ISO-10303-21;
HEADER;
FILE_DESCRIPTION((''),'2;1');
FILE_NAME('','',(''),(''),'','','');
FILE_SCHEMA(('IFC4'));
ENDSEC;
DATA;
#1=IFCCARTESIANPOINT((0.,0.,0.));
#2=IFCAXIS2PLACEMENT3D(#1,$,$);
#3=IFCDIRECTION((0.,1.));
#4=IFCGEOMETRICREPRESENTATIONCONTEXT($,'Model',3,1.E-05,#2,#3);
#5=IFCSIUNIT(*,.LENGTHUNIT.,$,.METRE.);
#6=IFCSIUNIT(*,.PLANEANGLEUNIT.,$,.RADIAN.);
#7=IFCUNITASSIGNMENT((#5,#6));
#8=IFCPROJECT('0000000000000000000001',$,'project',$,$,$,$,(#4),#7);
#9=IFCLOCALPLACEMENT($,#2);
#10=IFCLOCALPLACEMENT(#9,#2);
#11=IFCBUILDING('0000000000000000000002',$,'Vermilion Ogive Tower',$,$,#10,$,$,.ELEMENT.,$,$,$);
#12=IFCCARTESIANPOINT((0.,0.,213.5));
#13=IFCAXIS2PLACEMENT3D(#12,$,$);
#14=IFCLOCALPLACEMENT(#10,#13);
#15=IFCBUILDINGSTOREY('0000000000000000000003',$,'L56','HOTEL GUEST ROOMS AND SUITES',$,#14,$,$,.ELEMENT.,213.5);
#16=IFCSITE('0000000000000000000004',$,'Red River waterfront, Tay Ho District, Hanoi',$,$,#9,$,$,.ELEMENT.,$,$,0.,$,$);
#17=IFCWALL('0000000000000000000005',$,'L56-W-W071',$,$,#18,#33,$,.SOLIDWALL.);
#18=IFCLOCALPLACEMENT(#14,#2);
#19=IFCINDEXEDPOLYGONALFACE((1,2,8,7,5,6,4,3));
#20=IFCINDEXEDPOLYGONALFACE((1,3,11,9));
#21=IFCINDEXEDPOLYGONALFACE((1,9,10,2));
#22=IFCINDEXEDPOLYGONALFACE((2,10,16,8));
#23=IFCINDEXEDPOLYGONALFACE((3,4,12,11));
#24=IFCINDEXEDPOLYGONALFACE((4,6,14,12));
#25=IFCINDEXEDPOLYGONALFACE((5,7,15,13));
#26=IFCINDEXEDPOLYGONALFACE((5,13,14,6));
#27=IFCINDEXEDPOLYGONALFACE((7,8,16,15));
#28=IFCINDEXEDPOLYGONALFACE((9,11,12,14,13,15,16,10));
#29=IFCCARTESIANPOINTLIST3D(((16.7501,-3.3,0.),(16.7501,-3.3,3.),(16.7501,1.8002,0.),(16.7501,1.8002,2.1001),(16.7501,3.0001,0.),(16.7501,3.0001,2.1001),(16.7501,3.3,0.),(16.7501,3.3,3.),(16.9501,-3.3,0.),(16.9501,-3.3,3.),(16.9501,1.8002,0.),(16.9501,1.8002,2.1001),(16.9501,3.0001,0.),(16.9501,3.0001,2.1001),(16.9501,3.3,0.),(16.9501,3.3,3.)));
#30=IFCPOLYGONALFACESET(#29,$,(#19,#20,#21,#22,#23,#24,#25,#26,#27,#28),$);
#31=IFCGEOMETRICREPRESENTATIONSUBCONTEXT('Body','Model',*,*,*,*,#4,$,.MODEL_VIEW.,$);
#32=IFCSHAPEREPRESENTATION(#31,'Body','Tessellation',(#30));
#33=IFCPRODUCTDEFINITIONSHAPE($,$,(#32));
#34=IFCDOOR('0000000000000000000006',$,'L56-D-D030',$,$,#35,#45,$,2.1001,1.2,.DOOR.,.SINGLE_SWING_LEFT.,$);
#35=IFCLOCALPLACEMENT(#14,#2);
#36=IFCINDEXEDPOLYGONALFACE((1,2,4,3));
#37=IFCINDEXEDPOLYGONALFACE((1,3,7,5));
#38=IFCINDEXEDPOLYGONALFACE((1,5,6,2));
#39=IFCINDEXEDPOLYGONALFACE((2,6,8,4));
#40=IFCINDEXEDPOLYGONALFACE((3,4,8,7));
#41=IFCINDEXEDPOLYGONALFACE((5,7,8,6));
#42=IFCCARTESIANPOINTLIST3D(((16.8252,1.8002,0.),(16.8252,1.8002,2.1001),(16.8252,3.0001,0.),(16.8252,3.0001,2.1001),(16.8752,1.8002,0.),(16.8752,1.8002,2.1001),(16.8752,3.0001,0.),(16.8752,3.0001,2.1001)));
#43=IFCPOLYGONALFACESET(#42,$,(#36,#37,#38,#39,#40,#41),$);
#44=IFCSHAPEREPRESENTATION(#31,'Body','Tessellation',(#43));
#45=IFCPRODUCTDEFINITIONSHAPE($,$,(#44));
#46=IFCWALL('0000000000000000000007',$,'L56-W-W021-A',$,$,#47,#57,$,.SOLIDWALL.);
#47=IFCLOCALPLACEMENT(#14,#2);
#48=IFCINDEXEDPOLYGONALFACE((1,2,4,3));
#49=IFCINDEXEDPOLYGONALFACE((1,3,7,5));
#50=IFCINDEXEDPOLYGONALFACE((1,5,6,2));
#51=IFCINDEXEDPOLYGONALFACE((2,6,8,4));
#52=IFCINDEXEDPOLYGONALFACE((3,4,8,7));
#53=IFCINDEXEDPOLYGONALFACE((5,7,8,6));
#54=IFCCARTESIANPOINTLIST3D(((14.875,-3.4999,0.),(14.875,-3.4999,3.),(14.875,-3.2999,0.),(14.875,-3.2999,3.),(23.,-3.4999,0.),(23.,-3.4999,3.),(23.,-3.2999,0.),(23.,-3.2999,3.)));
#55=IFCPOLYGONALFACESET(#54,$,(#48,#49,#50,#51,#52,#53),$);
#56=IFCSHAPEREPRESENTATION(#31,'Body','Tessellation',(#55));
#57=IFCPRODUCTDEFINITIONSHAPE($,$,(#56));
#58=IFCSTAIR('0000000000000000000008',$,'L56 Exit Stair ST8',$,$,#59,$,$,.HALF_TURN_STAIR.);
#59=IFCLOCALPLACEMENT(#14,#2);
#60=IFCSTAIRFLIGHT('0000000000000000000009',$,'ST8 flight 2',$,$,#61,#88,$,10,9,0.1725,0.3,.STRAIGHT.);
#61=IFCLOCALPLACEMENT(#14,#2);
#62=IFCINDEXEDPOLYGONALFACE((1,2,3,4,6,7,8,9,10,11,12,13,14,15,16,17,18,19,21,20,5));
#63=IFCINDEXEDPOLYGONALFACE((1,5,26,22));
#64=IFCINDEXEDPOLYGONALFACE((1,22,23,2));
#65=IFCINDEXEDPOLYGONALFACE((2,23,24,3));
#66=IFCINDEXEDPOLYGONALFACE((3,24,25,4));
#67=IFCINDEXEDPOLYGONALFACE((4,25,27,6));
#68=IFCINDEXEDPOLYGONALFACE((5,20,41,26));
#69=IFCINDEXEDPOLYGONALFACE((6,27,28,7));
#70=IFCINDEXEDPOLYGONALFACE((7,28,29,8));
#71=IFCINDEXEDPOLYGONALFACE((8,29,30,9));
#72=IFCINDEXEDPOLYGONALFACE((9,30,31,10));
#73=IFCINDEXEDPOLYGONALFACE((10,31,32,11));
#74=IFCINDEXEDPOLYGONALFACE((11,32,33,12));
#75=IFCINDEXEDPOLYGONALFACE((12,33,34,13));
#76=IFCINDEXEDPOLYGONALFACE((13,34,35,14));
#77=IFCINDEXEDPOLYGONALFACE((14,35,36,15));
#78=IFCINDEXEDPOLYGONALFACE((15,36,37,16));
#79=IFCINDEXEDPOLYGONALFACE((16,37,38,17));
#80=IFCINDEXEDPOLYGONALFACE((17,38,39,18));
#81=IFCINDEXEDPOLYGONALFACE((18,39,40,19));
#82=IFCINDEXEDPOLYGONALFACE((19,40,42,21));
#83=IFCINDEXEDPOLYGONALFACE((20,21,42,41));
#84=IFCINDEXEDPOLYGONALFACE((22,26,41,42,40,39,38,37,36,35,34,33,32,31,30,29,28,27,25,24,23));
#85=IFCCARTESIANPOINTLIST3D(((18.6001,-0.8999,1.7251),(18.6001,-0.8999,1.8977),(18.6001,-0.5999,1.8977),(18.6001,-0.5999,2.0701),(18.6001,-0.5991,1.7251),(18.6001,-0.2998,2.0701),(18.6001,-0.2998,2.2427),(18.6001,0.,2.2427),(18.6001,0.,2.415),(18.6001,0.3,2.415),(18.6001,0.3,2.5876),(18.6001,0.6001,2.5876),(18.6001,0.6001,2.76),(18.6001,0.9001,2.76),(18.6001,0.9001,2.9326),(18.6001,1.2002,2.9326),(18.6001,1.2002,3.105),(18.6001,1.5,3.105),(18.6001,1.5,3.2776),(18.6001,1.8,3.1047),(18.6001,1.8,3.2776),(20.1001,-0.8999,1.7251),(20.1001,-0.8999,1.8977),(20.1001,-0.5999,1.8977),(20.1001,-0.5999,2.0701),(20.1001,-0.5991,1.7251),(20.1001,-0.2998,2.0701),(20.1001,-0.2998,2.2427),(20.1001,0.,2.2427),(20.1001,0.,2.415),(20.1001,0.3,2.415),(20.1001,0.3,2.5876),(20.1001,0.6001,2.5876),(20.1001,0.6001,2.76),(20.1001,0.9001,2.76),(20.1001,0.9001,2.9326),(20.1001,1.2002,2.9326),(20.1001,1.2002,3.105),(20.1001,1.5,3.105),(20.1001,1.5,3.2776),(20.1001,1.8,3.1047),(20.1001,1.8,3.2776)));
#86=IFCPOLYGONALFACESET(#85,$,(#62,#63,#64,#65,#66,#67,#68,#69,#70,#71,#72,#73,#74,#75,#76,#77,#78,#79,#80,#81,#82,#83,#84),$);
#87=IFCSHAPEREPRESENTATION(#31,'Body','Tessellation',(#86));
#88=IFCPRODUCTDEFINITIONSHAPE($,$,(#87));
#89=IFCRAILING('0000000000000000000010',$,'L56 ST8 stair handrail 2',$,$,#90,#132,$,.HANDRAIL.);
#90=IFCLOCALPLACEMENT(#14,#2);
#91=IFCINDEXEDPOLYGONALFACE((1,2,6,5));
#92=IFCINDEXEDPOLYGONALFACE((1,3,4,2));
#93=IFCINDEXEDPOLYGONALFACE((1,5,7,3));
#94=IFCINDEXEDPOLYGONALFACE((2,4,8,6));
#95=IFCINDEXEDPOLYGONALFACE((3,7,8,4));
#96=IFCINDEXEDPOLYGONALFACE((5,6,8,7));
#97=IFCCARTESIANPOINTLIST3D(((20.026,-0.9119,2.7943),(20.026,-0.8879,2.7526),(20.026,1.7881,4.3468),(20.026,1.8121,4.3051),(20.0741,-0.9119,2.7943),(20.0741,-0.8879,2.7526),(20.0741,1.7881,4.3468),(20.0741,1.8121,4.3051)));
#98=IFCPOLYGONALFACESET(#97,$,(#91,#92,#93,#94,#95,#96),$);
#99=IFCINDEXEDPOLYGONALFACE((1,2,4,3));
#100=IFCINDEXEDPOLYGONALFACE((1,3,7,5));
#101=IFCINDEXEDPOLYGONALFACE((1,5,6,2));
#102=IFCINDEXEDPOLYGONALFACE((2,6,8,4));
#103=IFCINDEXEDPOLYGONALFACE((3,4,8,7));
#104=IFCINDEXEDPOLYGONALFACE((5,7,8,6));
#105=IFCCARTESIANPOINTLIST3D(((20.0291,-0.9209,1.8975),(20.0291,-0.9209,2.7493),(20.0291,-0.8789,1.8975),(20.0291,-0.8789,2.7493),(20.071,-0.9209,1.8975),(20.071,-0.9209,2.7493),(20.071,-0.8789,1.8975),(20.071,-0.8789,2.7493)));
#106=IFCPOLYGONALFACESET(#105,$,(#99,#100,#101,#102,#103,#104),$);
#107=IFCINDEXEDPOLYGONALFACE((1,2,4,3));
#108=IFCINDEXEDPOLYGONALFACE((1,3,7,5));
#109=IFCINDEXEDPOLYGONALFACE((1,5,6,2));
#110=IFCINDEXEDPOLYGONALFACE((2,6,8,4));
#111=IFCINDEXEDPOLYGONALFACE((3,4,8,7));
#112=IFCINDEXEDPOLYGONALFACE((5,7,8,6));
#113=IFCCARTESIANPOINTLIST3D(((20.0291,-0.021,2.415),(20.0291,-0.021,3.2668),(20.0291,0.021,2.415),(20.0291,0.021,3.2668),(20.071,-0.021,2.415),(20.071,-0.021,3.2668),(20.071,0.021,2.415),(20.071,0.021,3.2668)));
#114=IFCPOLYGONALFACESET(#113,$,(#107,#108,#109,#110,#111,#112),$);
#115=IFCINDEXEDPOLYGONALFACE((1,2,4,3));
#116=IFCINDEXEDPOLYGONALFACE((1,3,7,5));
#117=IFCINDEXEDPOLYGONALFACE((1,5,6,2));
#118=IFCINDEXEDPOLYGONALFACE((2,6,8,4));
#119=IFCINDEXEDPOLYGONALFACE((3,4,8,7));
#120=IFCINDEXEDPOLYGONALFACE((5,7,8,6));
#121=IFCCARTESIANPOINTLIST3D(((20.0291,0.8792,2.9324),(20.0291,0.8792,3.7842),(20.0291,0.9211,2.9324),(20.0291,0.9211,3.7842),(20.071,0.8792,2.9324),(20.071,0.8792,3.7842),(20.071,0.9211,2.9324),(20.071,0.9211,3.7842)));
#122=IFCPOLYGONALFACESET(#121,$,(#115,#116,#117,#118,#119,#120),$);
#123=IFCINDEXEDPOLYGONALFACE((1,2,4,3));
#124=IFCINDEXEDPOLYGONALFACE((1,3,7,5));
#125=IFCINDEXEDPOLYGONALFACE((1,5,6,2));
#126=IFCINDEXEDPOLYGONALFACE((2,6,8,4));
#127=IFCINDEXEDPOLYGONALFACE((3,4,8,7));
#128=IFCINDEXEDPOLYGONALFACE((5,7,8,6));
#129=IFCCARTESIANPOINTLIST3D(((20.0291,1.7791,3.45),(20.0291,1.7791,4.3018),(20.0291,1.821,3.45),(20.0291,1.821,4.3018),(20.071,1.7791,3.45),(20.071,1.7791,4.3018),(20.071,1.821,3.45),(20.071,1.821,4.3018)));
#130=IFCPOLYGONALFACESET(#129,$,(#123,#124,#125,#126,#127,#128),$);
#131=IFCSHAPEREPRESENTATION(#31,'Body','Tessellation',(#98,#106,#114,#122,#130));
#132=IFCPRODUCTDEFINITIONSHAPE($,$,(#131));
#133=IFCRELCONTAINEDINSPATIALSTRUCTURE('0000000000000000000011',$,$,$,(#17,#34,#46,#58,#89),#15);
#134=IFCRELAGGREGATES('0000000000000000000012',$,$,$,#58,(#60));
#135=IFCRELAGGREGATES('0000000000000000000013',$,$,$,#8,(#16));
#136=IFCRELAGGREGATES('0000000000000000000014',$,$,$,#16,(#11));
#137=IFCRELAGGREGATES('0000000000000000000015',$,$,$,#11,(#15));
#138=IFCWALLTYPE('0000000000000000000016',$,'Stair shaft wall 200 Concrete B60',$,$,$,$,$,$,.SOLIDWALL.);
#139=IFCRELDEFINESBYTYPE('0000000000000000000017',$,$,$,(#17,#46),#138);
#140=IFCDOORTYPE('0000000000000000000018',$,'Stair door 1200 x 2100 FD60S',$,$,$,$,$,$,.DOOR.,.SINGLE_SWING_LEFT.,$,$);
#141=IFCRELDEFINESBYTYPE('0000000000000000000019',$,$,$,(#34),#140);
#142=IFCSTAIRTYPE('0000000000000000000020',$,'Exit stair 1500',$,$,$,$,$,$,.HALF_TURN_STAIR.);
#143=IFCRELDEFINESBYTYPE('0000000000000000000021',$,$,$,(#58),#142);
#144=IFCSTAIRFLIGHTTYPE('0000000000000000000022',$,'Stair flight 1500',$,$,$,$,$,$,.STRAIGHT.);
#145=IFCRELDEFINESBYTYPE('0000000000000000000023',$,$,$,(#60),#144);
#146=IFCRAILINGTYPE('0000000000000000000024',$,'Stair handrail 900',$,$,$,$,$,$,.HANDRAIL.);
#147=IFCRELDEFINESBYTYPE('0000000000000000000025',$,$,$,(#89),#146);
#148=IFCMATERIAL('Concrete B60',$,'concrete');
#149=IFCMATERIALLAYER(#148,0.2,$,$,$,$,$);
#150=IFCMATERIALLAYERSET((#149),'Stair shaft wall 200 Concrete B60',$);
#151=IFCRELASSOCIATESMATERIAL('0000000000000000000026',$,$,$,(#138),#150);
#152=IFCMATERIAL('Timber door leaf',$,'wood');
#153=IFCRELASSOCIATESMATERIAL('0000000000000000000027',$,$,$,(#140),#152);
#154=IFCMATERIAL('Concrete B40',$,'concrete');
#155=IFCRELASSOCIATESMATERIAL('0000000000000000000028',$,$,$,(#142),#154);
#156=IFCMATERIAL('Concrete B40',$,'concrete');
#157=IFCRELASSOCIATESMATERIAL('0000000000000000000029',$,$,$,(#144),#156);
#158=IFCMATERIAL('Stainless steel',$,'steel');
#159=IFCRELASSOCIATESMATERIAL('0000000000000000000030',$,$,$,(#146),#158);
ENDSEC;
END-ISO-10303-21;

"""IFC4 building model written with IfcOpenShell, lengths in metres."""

from ifc_helpers import new_model, si_unit, direction, frame, frame_2d, origin, origin_2d, place, context, subcontext, project, spatial, polyline, rectangle, outline, extrude, material, layer, layer_set, type_object, element, fill, aggregate, save


model = new_model("IFC4")

# Units and contexts
model_context = context("Model", 3, precision=1e-05, world=origin(), true_north=direction((0.0, 1.0)))
body_context = subcontext(model_context, "Body", "Model", "MODEL_VIEW")
ifc_project = project(units=[si_unit("LENGTHUNIT", "METRE"), si_unit("PLANEANGLEUNIT", "RADIAN")], contexts=[model_context])

# Site, building, storey
site_placement = place(None, origin())
site = spatial("IfcSite", under=ifc_project, at=site_placement, Name="Red River waterfront, Tay Ho District, Hanoi", CompositionType="ELEMENT", RefElevation=0.0)
building_placement = place(site_placement, origin())
building = spatial("IfcBuilding", under=site, at=building_placement, Name="Vermilion Ogive Tower", CompositionType="ELEMENT")
storey_placement = place(building_placement, frame((0.0, 0.0, 213.5)))
storey = spatial("IfcBuildingStorey", under=building, at=storey_placement, Name="L56", Description="HOTEL GUEST ROOMS AND SUITES", CompositionType="ELEMENT", Elevation=213.5)

# Wall, opening, door
ifc_material_1 = material(Name="Concrete B60", Category="concrete")
ifc_layer_1 = layer(ifc_material_1, 0.2)
ifc_layer_set_1 = layer_set([ifc_layer_1], Name="Stair shaft wall 200 Concrete B60")
wall_type_1 = type_object("IfcWallType", Name="Stair shaft wall 200 Concrete B60", PredefinedType="SOLIDWALL", material=ifc_layer_set_1)
wall_1_placement = place(storey_placement, frame((16.8501, -3.3, 0.0), z_axis=(0.0, 0.0, 1.0), x_axis=(0.0, 1.0, 0.0)))
wall_1 = element("IfcWall", 1, at=wall_1_placement, inside=storey, type_object=wall_type_1, Name="L56-W-W071", PredefinedType="SOLIDWALL", context=body_context, shape_type="SweptSolid", body=[
    extrude(rectangle(XDim=6.6001, YDim=0.2, at=frame_2d((3.3, 0.0))), origin(), (0.0, 0.0, 1.0), 3.0),
])
opening_1_placement = place(wall_1_placement, frame((5.1001, 0.0, 0.0)))
opening_1 = element("IfcOpeningElement", 2, at=opening_1_placement, cuts=wall_1, PredefinedType="OPENING", context=body_context, shape_type="SweptSolid", body=[
    extrude(rectangle(XDim=1.2, YDim=2.1001, at=frame_2d((0.6001, 1.05))), frame((0.0, 0.1099, 0.0), z_axis=(0.0, -1.0, 0.0), x_axis=(1.0, 0.0, 0.0)), (0.0, 0.0, 1.0), 0.22),
])
ifc_material_2 = material(Name="Timber door leaf", Category="wood")
door_type_1 = type_object("IfcDoorType", Name="Stair door 1200 x 2100 FD60S", OperationType="SINGLE_SWING_LEFT", PredefinedType="DOOR", material=ifc_material_2)
door_1_placement = place(opening_1_placement, origin())
door_1 = element("IfcDoor", 3, at=door_1_placement, inside=storey, type_object=door_type_1, Name="L56-D-D030", OperationType="SINGLE_SWING_LEFT", OverallHeight=2.1001, OverallWidth=1.2, PredefinedType="DOOR", context=body_context, shape_type="SweptSolid", body=[
    extrude(rectangle(XDim=1.2, YDim=2.1001, at=frame_2d((0.6001, 1.05))), frame((0.0, 0.0249, 0.0), z_axis=(0.0, -1.0, 0.0), x_axis=(1.0, 0.0, 0.0)), (0.0, 0.0, 1.0), 0.05),
])
fill(opening_1, door_1)

# Wall
wall_2_placement = place(storey_placement, frame((14.875, -3.3999, 0.0), z_axis=(0.0, 0.0, 1.0), x_axis=(1.0, 0.0, 0.0)))
element("IfcWall", 4, at=wall_2_placement, inside=storey, type_object=wall_type_1, Name="L56-W-W021-A", PredefinedType="SOLIDWALL", context=body_context, shape_type="SweptSolid", body=[
    extrude(rectangle(XDim=8.125, YDim=0.2, at=frame_2d((4.0625, 0.0))), origin(), (0.0, 0.0, 1.0), 3.0),
])

# Stair, stair flight
ifc_material_3 = material(Name="Concrete B40", Category="concrete")
stair_type = type_object("IfcStairType", Name="Exit stair 1500", PredefinedType="HALF_TURN_STAIR", material=ifc_material_3)
stair_placement = place(storey_placement, origin())
stair = element("IfcStair", 5, at=stair_placement, inside=storey, type_object=stair_type, Name="L56 Exit Stair ST8", PredefinedType="HALF_TURN_STAIR")
ifc_material_4 = material(Name="Concrete B40", Category="concrete")
stair_flight_type = type_object("IfcStairFlightType", Name="Stair flight 1500", PredefinedType="STRAIGHT", material=ifc_material_4)
stair_flight_placement = place(storey_placement, frame((19.3501, -0.8999, 1.7251), z_axis=(0.0, 0.0, 1.0), x_axis=(0.0, 1.0, 0.0)))
stair_flight = element("IfcStairFlight", 6, at=stair_flight_placement, type_object=stair_flight_type, Name="ST8 flight 2", NumberOfRisers=10, NumberOfTreads=9, PredefinedType="STRAIGHT", RiserHeight=0.1725, TreadLength=0.3, context=body_context, shape_type="SweptSolid", body=[
    extrude(outline(polyline([(0.0, 0.0), (0.0, 0.1726), (0.3, 0.1726), (0.3, 0.345), (0.6001, 0.345), (0.6001, 0.5176), (0.8999, 0.5176), (0.8999, 0.6899), (1.2, 0.6899), (1.2, 0.8625), (1.5, 0.8625), (1.5, 1.0349), (1.8, 1.0349), (1.8, 1.2075), (2.1001, 1.2075), (2.1001, 1.3799), (2.3999, 1.3799), (2.3999, 1.5525), (2.7, 1.5525), (2.7, 1.7251), (2.7, 1.3796), (0.3008, 0.0), (0.0, 0.0)])), frame((0.0, 0.75, 0.0), z_axis=(0.0, -1.0, 0.0), x_axis=(1.0, 0.0, 0.0)), (0.0, 0.0, 1.0), 1.5),
])
aggregate(stair, [stair_flight])

# Railing
ifc_material_5 = material(Name="Stainless steel", Category="steel")
railing_type = type_object("IfcRailingType", Name="Stair handrail 900", PredefinedType="HANDRAIL", material=ifc_material_5)
railing_placement = place(storey_placement, frame((20.05, -0.8999, 1.8975)))
element("IfcRailing", 7, at=railing_placement, inside=storey, type_object=railing_type, Name="L56 ST8 stair handrail 2", PredefinedType="HANDRAIL", context=body_context, shape_type="SweptSolid", body=[
    extrude(rectangle(XDim=0.0481, YDim=0.0481, at=origin_2d()), frame((0.0, 0.0, 0.876), z_axis=(0.0, 0.866904, 0.498476), x_axis=(-1.0, 0.0, 0.0)), (0.0, 0.0, 1.0), 3.1145),
    extrude(rectangle(XDim=0.042, YDim=0.042, at=origin_2d()), origin(), (0.0, 0.0, 1.0), 0.8518),
    extrude(rectangle(XDim=0.042, YDim=0.042, at=origin_2d()), frame((0.0, 0.8999, 0.5176)), (0.0, 0.0, 1.0), 0.8518),
    extrude(rectangle(XDim=0.042, YDim=0.042, at=origin_2d()), frame((0.0, 1.8, 1.0349)), (0.0, 0.0, 1.0), 0.8518),
    extrude(rectangle(XDim=0.042, YDim=0.042, at=origin_2d()), frame((0.0, 2.7, 1.5525)), (0.0, 0.0, 1.0), 0.8518),
])

save(model, "model.ifc")
